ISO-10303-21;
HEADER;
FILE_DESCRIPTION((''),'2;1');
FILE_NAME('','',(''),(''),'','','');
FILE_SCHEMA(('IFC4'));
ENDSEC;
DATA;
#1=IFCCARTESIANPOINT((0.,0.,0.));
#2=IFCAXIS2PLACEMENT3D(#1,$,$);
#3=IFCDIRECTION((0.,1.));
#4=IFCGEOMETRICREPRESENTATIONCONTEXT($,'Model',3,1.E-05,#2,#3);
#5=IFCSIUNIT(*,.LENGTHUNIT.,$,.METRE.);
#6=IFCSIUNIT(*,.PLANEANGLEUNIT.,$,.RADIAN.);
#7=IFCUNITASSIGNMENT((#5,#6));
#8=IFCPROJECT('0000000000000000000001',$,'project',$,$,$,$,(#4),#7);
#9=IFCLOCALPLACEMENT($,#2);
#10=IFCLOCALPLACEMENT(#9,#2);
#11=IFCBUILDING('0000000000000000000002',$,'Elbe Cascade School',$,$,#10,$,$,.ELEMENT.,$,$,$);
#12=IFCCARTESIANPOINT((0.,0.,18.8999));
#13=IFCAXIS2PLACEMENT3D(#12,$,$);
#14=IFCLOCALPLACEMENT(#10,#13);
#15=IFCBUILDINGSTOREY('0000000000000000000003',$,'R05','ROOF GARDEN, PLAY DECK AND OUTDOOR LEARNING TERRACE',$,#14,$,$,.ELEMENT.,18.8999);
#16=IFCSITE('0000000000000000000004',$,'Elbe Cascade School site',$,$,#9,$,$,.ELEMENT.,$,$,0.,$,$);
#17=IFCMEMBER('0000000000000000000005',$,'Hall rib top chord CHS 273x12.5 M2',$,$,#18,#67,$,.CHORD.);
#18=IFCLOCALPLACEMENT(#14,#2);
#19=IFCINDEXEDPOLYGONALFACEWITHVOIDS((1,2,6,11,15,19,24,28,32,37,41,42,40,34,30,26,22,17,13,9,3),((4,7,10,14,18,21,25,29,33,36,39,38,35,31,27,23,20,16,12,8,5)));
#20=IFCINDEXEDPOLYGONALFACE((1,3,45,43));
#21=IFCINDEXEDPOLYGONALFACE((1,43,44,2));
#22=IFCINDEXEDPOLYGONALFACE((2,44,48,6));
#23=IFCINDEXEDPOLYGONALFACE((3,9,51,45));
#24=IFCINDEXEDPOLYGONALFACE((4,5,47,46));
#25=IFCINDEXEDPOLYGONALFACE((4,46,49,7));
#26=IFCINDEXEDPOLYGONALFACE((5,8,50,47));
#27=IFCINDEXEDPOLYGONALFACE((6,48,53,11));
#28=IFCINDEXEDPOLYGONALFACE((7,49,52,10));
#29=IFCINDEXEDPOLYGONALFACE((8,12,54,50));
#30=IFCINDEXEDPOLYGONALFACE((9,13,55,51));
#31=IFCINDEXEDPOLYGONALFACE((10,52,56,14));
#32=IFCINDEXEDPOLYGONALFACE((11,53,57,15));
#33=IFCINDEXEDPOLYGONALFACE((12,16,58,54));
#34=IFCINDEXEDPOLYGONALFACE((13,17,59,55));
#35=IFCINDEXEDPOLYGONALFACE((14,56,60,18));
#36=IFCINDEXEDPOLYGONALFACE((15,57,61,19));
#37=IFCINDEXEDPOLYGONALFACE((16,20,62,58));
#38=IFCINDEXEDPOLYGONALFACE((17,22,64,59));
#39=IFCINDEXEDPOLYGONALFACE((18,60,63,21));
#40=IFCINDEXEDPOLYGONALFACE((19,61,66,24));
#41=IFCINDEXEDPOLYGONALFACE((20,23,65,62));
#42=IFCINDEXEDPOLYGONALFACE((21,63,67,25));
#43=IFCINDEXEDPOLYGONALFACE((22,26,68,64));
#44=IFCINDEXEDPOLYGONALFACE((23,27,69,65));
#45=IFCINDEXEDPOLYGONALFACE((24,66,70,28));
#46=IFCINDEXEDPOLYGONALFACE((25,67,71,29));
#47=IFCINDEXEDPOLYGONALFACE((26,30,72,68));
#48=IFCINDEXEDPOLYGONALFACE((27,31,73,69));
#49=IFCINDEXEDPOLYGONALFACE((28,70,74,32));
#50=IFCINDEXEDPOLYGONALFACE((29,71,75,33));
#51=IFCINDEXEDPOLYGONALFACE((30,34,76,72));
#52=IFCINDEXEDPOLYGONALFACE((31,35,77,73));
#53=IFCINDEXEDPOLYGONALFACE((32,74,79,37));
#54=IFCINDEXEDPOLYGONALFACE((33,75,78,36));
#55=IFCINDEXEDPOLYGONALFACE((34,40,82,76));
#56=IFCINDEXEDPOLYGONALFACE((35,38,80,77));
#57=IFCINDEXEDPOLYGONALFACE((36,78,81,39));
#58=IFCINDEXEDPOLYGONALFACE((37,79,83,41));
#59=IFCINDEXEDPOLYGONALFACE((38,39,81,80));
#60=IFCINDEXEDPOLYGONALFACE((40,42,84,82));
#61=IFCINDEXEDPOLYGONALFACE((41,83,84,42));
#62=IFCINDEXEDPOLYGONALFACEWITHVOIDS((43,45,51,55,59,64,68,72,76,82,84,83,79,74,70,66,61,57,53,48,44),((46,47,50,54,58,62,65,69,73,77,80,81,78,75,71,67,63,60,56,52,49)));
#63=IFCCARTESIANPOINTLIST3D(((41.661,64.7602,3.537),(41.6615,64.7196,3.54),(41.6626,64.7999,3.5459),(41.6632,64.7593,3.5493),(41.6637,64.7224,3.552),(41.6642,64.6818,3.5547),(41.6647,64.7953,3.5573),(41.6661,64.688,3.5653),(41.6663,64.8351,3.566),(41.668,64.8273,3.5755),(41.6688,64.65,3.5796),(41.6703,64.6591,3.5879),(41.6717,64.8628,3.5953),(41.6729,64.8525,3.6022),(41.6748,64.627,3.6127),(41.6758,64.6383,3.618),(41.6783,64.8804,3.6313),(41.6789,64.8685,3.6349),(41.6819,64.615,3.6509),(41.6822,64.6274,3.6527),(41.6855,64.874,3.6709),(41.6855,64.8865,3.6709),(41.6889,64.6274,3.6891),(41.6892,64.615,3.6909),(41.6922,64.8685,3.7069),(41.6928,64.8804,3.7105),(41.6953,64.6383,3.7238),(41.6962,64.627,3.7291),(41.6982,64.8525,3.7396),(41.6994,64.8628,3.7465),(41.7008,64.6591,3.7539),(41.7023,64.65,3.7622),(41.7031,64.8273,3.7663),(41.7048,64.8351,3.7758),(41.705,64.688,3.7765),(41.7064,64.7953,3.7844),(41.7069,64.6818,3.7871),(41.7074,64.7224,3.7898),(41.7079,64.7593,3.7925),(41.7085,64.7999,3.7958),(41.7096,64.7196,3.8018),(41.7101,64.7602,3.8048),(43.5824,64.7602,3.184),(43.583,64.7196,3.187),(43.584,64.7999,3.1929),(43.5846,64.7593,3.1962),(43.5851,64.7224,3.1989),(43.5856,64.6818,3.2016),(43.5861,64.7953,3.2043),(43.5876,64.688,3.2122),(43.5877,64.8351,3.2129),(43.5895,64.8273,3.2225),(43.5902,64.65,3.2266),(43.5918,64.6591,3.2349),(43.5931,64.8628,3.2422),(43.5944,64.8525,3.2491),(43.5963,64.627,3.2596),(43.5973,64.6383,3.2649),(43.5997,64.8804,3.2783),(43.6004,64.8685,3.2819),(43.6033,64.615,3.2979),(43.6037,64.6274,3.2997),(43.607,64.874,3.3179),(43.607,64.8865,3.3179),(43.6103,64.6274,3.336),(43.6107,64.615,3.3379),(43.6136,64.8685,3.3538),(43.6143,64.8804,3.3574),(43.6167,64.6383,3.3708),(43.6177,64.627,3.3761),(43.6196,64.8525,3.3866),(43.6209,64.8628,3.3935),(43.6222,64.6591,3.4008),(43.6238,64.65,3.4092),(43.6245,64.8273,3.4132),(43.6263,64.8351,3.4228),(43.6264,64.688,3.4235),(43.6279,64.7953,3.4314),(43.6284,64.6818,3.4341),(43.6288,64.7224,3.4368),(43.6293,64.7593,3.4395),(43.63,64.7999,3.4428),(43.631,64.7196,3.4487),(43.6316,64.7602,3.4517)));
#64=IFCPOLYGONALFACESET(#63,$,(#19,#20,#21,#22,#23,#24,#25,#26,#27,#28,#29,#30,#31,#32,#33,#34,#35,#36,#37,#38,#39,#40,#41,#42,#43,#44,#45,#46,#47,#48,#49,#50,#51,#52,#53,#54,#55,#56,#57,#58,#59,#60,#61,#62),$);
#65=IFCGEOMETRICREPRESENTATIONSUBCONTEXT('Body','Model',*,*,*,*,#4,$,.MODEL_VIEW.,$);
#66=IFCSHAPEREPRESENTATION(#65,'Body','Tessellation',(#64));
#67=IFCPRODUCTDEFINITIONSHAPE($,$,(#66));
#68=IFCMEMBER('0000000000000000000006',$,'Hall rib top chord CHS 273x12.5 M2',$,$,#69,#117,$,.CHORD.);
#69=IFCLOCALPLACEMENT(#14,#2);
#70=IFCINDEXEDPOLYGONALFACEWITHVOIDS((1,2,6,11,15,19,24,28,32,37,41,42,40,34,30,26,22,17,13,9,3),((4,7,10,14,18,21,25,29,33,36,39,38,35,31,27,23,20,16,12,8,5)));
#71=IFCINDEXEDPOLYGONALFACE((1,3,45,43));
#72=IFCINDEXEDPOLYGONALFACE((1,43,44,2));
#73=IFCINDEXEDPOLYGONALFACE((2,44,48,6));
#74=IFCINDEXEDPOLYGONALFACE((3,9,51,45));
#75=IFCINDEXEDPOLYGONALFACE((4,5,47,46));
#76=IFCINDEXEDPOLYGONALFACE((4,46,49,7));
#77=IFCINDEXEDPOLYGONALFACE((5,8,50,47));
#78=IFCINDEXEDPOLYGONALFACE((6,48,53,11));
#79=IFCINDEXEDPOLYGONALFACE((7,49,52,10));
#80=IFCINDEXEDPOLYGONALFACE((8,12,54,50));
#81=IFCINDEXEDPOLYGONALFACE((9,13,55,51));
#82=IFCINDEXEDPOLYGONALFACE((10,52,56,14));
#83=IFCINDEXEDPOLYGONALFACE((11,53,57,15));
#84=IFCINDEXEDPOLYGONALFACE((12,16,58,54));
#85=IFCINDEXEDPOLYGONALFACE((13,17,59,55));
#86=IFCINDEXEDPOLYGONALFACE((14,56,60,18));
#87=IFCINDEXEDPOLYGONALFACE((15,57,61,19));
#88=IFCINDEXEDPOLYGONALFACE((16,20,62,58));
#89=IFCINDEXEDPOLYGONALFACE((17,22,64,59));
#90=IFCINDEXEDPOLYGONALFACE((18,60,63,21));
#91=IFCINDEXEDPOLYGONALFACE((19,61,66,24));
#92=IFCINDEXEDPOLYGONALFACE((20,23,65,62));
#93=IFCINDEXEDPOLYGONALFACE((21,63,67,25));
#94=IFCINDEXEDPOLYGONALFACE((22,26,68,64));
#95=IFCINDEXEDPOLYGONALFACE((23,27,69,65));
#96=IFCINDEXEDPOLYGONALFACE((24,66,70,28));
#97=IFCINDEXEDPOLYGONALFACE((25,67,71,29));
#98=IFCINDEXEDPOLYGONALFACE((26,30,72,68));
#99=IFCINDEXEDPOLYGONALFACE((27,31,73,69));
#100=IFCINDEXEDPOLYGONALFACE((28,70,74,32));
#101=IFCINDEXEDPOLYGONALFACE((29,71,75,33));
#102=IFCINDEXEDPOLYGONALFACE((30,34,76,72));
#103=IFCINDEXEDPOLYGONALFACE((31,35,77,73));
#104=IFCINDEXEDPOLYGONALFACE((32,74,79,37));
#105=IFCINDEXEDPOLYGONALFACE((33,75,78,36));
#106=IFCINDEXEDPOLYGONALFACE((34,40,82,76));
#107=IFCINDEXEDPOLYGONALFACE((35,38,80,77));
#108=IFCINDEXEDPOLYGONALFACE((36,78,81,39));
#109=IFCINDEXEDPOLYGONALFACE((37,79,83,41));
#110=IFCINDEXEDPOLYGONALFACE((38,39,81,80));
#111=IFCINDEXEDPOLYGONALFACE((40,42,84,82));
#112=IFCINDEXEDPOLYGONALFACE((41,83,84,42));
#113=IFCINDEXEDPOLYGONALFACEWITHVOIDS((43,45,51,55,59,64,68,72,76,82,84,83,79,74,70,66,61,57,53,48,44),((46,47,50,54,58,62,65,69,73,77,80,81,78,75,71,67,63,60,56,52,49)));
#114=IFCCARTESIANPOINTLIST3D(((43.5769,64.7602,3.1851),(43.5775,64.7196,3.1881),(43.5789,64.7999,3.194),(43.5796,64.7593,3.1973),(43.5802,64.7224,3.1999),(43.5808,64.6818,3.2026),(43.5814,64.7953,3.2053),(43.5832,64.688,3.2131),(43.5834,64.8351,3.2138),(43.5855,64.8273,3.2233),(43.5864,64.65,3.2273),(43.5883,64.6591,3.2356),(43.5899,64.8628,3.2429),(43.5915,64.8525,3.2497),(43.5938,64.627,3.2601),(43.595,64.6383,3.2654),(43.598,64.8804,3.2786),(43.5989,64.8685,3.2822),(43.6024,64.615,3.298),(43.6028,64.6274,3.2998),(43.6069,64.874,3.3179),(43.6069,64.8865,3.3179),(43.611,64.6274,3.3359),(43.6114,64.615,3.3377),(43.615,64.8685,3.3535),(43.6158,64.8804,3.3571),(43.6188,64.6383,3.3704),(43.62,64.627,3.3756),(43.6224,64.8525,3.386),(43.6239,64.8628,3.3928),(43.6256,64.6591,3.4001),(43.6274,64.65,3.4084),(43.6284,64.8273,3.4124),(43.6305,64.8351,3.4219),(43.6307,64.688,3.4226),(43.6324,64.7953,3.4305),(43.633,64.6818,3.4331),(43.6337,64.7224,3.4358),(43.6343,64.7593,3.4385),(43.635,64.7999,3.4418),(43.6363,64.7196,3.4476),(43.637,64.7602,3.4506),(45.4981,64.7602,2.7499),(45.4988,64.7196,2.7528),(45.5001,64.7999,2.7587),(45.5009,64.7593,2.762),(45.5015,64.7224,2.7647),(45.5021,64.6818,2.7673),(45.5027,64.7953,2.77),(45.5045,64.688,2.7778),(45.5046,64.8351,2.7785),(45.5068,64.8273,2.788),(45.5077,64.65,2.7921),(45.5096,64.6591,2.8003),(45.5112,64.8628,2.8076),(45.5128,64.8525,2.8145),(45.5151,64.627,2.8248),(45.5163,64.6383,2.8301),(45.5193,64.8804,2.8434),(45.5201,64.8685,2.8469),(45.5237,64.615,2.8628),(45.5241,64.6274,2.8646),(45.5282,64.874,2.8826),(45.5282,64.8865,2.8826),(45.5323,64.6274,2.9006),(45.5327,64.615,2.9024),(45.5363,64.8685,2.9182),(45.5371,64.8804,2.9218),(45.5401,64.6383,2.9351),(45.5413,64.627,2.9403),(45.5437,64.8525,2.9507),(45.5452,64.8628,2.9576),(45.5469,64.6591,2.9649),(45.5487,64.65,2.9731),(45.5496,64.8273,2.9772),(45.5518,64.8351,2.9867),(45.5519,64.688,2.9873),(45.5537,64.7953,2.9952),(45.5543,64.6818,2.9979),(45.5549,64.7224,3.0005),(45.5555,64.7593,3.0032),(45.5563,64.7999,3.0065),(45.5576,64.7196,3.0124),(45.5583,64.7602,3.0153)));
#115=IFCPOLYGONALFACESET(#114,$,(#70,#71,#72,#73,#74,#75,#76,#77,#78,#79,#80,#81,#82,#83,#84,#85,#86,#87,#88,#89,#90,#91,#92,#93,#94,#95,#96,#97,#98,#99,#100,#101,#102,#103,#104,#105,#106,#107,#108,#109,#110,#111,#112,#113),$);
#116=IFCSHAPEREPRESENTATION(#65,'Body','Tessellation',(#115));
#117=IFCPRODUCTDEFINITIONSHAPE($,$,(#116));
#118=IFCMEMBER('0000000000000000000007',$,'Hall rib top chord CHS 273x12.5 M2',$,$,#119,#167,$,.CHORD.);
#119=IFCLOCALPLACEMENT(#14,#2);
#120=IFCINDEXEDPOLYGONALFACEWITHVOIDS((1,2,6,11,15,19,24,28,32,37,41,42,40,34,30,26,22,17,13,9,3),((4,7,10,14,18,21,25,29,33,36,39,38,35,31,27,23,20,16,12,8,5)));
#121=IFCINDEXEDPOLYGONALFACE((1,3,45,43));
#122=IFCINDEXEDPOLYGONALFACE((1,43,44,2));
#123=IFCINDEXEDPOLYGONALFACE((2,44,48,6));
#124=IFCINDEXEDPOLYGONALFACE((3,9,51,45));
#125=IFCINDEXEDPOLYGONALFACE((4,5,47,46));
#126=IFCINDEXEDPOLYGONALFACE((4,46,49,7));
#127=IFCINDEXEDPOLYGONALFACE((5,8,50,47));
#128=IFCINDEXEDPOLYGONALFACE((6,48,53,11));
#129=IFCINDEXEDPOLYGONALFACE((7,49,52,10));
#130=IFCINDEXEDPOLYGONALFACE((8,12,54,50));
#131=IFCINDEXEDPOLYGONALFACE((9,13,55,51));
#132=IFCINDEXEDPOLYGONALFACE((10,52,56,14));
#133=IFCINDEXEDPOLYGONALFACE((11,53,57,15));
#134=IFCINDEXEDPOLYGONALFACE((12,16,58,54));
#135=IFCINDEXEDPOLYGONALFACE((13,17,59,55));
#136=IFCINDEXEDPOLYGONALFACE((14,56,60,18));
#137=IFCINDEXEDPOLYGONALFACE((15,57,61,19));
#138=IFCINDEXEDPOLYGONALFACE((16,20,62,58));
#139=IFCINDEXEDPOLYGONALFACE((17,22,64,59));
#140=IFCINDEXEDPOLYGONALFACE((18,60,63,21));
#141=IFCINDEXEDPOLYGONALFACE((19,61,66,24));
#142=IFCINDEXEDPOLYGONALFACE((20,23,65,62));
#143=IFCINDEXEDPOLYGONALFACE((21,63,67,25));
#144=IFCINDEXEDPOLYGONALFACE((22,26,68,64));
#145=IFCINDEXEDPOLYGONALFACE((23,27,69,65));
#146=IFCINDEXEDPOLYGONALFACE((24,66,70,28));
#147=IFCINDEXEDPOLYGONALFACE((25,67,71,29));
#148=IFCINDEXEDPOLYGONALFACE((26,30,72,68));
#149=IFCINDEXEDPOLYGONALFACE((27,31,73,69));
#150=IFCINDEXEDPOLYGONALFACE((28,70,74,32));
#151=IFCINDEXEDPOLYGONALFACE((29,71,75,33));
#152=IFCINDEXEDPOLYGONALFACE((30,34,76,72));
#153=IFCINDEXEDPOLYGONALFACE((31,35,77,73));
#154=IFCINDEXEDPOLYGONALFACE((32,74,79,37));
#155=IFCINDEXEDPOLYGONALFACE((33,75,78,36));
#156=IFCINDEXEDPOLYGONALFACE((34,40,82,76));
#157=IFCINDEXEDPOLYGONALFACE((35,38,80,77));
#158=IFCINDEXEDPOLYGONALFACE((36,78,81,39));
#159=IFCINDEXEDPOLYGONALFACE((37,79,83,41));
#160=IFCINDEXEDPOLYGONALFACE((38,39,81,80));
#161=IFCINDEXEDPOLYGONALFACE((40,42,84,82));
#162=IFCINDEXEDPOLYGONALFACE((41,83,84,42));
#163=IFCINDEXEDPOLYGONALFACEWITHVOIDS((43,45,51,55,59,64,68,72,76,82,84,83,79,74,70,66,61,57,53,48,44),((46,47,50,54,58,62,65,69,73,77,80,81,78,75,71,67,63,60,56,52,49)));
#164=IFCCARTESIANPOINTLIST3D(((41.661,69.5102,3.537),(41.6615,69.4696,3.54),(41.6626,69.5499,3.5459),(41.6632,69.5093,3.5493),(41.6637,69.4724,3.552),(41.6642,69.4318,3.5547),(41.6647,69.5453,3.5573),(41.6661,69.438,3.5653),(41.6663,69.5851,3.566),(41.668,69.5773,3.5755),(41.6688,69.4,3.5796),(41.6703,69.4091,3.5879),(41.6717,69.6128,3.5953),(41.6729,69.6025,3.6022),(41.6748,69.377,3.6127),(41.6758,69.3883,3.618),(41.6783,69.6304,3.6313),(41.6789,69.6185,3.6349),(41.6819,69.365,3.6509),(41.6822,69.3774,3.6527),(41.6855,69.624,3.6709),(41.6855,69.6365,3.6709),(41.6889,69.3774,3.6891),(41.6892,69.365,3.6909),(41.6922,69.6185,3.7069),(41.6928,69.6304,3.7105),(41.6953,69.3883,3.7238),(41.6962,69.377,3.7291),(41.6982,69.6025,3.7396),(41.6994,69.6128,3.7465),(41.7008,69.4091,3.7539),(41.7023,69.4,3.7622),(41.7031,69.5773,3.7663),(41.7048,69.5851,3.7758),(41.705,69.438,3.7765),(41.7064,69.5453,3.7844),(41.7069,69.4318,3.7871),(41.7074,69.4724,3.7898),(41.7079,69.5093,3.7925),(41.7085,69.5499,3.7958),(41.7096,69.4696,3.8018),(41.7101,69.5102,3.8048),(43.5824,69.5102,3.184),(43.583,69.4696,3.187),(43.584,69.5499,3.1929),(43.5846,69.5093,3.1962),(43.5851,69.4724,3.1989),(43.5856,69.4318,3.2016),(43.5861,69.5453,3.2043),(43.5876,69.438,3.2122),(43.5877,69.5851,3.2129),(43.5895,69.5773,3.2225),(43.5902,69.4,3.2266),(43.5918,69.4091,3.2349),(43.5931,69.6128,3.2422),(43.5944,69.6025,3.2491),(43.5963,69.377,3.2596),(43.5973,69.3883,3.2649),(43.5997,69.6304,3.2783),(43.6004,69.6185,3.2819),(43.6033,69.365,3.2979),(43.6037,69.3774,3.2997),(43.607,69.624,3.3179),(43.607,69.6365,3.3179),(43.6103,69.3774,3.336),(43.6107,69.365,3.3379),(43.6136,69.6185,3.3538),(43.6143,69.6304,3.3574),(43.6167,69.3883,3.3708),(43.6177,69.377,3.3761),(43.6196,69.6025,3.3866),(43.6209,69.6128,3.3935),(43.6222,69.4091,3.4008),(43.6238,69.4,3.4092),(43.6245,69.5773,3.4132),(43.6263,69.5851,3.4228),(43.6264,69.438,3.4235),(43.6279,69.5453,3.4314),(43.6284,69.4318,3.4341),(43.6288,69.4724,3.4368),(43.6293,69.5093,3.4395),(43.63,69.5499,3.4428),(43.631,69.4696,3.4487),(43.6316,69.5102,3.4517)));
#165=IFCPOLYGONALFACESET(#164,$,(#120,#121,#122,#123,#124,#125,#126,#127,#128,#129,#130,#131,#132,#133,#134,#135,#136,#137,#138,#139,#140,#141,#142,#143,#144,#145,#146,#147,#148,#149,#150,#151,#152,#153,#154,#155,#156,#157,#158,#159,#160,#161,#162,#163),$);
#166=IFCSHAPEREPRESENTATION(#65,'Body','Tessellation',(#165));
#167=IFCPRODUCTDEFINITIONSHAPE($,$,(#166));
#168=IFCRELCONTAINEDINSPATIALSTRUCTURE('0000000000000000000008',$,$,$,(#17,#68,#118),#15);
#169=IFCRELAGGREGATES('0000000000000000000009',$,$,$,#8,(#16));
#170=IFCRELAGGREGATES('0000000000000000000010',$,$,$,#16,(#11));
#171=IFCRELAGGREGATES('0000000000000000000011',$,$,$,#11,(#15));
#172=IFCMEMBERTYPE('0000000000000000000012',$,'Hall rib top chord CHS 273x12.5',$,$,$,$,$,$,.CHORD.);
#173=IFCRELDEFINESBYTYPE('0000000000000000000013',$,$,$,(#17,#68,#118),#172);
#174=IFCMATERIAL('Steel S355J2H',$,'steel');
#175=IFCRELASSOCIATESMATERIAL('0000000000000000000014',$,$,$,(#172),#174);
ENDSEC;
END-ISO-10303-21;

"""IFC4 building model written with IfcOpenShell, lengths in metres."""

from ifc_helpers import new_model, si_unit, direction, frame, origin, origin_2d, place, context, subcontext, project, spatial, hollow_circle, extrude, material, material_profile, profile_set, type_object, element, save


model = new_model("IFC4")

# Units and contexts
model_context = context("Model", 3, precision=1e-05, world=origin(), true_north=direction((0.0, 1.0)))
body_context = subcontext(model_context, "Body", "Model", "MODEL_VIEW")
ifc_project = project(units=[si_unit("LENGTHUNIT", "METRE"), si_unit("PLANEANGLEUNIT", "RADIAN")], contexts=[model_context])

# Site, building, storey
site_placement = place(None, origin())
site = spatial("IfcSite", under=ifc_project, at=site_placement, Name="Elbe Cascade School site", CompositionType="ELEMENT", RefElevation=0.0)
building_placement = place(site_placement, origin())
building = spatial("IfcBuilding", under=site, at=building_placement, Name="Elbe Cascade School", CompositionType="ELEMENT")
storey_placement = place(building_placement, frame((0.0, 0.0, 18.8999)))
storey = spatial("IfcBuildingStorey", under=building, at=storey_placement, Name="R05", Description="ROOF GARDEN, PLAY DECK AND OUTDOOR LEARNING TERRACE", CompositionType="ELEMENT", Elevation=18.8999)

# Members
ifc_material_1 = material(Name="Steel S355J2H", Category="steel")
ifc_material_profile_1 = material_profile(ifc_material_1, hollow_circle(Radius=0.1365, WallThickness=0.0125, at=origin_2d()), Name="CHS 273x12.5")
ifc_profile_set_1 = profile_set([ifc_material_profile_1], Name="Steel S355J2H")
member_type_1 = type_object("IfcMemberType", Name="Hall rib top chord CHS 273x12.5", PredefinedType="CHORD", material=ifc_profile_set_1)
member_1_placement = place(storey_placement, frame((41.6855, 64.75, 3.6709), z_axis=(0.983536, 0.0, -0.180711), x_axis=(0.0, 1.0, 0.0)))
element("IfcMember", 1, at=member_1_placement, inside=storey, type_object=member_type_1, Name="Hall rib top chord CHS 273x12.5 M2", PredefinedType="CHORD", context=body_context, shape_type="SweptSolid", body=[
    extrude(hollow_circle(Radius=0.1365, WallThickness=0.0125, at=origin_2d()), origin(), (0.0, 0.0, 1.0), 1.9536),
])
member_2_placement = place(storey_placement, frame((43.6069, 64.75, 3.3179), z_axis=(0.975284, 0.0, -0.220957), x_axis=(0.0, 1.0, 0.0)))
element("IfcMember", 2, at=member_2_placement, inside=storey, type_object=member_type_1, Name="Hall rib top chord CHS 273x12.5 M2", PredefinedType="CHORD", context=body_context, shape_type="SweptSolid", body=[
    extrude(hollow_circle(Radius=0.1365, WallThickness=0.0125, at=origin_2d()), origin(), (0.0, 0.0, 1.0), 1.97),
])
member_3_placement = place(storey_placement, frame((41.6855, 69.5, 3.6709), z_axis=(0.983536, 0.0, -0.180711), x_axis=(0.0, 1.0, 0.0)))
element("IfcMember", 3, at=member_3_placement, inside=storey, type_object=member_type_1, Name="Hall rib top chord CHS 273x12.5 M2", PredefinedType="CHORD", context=body_context, shape_type="SweptSolid", body=[
    extrude(hollow_circle(Radius=0.1365, WallThickness=0.0125, at=origin_2d()), origin(), (0.0, 0.0, 1.0), 1.9536),
])

save(model, "model.ifc")
